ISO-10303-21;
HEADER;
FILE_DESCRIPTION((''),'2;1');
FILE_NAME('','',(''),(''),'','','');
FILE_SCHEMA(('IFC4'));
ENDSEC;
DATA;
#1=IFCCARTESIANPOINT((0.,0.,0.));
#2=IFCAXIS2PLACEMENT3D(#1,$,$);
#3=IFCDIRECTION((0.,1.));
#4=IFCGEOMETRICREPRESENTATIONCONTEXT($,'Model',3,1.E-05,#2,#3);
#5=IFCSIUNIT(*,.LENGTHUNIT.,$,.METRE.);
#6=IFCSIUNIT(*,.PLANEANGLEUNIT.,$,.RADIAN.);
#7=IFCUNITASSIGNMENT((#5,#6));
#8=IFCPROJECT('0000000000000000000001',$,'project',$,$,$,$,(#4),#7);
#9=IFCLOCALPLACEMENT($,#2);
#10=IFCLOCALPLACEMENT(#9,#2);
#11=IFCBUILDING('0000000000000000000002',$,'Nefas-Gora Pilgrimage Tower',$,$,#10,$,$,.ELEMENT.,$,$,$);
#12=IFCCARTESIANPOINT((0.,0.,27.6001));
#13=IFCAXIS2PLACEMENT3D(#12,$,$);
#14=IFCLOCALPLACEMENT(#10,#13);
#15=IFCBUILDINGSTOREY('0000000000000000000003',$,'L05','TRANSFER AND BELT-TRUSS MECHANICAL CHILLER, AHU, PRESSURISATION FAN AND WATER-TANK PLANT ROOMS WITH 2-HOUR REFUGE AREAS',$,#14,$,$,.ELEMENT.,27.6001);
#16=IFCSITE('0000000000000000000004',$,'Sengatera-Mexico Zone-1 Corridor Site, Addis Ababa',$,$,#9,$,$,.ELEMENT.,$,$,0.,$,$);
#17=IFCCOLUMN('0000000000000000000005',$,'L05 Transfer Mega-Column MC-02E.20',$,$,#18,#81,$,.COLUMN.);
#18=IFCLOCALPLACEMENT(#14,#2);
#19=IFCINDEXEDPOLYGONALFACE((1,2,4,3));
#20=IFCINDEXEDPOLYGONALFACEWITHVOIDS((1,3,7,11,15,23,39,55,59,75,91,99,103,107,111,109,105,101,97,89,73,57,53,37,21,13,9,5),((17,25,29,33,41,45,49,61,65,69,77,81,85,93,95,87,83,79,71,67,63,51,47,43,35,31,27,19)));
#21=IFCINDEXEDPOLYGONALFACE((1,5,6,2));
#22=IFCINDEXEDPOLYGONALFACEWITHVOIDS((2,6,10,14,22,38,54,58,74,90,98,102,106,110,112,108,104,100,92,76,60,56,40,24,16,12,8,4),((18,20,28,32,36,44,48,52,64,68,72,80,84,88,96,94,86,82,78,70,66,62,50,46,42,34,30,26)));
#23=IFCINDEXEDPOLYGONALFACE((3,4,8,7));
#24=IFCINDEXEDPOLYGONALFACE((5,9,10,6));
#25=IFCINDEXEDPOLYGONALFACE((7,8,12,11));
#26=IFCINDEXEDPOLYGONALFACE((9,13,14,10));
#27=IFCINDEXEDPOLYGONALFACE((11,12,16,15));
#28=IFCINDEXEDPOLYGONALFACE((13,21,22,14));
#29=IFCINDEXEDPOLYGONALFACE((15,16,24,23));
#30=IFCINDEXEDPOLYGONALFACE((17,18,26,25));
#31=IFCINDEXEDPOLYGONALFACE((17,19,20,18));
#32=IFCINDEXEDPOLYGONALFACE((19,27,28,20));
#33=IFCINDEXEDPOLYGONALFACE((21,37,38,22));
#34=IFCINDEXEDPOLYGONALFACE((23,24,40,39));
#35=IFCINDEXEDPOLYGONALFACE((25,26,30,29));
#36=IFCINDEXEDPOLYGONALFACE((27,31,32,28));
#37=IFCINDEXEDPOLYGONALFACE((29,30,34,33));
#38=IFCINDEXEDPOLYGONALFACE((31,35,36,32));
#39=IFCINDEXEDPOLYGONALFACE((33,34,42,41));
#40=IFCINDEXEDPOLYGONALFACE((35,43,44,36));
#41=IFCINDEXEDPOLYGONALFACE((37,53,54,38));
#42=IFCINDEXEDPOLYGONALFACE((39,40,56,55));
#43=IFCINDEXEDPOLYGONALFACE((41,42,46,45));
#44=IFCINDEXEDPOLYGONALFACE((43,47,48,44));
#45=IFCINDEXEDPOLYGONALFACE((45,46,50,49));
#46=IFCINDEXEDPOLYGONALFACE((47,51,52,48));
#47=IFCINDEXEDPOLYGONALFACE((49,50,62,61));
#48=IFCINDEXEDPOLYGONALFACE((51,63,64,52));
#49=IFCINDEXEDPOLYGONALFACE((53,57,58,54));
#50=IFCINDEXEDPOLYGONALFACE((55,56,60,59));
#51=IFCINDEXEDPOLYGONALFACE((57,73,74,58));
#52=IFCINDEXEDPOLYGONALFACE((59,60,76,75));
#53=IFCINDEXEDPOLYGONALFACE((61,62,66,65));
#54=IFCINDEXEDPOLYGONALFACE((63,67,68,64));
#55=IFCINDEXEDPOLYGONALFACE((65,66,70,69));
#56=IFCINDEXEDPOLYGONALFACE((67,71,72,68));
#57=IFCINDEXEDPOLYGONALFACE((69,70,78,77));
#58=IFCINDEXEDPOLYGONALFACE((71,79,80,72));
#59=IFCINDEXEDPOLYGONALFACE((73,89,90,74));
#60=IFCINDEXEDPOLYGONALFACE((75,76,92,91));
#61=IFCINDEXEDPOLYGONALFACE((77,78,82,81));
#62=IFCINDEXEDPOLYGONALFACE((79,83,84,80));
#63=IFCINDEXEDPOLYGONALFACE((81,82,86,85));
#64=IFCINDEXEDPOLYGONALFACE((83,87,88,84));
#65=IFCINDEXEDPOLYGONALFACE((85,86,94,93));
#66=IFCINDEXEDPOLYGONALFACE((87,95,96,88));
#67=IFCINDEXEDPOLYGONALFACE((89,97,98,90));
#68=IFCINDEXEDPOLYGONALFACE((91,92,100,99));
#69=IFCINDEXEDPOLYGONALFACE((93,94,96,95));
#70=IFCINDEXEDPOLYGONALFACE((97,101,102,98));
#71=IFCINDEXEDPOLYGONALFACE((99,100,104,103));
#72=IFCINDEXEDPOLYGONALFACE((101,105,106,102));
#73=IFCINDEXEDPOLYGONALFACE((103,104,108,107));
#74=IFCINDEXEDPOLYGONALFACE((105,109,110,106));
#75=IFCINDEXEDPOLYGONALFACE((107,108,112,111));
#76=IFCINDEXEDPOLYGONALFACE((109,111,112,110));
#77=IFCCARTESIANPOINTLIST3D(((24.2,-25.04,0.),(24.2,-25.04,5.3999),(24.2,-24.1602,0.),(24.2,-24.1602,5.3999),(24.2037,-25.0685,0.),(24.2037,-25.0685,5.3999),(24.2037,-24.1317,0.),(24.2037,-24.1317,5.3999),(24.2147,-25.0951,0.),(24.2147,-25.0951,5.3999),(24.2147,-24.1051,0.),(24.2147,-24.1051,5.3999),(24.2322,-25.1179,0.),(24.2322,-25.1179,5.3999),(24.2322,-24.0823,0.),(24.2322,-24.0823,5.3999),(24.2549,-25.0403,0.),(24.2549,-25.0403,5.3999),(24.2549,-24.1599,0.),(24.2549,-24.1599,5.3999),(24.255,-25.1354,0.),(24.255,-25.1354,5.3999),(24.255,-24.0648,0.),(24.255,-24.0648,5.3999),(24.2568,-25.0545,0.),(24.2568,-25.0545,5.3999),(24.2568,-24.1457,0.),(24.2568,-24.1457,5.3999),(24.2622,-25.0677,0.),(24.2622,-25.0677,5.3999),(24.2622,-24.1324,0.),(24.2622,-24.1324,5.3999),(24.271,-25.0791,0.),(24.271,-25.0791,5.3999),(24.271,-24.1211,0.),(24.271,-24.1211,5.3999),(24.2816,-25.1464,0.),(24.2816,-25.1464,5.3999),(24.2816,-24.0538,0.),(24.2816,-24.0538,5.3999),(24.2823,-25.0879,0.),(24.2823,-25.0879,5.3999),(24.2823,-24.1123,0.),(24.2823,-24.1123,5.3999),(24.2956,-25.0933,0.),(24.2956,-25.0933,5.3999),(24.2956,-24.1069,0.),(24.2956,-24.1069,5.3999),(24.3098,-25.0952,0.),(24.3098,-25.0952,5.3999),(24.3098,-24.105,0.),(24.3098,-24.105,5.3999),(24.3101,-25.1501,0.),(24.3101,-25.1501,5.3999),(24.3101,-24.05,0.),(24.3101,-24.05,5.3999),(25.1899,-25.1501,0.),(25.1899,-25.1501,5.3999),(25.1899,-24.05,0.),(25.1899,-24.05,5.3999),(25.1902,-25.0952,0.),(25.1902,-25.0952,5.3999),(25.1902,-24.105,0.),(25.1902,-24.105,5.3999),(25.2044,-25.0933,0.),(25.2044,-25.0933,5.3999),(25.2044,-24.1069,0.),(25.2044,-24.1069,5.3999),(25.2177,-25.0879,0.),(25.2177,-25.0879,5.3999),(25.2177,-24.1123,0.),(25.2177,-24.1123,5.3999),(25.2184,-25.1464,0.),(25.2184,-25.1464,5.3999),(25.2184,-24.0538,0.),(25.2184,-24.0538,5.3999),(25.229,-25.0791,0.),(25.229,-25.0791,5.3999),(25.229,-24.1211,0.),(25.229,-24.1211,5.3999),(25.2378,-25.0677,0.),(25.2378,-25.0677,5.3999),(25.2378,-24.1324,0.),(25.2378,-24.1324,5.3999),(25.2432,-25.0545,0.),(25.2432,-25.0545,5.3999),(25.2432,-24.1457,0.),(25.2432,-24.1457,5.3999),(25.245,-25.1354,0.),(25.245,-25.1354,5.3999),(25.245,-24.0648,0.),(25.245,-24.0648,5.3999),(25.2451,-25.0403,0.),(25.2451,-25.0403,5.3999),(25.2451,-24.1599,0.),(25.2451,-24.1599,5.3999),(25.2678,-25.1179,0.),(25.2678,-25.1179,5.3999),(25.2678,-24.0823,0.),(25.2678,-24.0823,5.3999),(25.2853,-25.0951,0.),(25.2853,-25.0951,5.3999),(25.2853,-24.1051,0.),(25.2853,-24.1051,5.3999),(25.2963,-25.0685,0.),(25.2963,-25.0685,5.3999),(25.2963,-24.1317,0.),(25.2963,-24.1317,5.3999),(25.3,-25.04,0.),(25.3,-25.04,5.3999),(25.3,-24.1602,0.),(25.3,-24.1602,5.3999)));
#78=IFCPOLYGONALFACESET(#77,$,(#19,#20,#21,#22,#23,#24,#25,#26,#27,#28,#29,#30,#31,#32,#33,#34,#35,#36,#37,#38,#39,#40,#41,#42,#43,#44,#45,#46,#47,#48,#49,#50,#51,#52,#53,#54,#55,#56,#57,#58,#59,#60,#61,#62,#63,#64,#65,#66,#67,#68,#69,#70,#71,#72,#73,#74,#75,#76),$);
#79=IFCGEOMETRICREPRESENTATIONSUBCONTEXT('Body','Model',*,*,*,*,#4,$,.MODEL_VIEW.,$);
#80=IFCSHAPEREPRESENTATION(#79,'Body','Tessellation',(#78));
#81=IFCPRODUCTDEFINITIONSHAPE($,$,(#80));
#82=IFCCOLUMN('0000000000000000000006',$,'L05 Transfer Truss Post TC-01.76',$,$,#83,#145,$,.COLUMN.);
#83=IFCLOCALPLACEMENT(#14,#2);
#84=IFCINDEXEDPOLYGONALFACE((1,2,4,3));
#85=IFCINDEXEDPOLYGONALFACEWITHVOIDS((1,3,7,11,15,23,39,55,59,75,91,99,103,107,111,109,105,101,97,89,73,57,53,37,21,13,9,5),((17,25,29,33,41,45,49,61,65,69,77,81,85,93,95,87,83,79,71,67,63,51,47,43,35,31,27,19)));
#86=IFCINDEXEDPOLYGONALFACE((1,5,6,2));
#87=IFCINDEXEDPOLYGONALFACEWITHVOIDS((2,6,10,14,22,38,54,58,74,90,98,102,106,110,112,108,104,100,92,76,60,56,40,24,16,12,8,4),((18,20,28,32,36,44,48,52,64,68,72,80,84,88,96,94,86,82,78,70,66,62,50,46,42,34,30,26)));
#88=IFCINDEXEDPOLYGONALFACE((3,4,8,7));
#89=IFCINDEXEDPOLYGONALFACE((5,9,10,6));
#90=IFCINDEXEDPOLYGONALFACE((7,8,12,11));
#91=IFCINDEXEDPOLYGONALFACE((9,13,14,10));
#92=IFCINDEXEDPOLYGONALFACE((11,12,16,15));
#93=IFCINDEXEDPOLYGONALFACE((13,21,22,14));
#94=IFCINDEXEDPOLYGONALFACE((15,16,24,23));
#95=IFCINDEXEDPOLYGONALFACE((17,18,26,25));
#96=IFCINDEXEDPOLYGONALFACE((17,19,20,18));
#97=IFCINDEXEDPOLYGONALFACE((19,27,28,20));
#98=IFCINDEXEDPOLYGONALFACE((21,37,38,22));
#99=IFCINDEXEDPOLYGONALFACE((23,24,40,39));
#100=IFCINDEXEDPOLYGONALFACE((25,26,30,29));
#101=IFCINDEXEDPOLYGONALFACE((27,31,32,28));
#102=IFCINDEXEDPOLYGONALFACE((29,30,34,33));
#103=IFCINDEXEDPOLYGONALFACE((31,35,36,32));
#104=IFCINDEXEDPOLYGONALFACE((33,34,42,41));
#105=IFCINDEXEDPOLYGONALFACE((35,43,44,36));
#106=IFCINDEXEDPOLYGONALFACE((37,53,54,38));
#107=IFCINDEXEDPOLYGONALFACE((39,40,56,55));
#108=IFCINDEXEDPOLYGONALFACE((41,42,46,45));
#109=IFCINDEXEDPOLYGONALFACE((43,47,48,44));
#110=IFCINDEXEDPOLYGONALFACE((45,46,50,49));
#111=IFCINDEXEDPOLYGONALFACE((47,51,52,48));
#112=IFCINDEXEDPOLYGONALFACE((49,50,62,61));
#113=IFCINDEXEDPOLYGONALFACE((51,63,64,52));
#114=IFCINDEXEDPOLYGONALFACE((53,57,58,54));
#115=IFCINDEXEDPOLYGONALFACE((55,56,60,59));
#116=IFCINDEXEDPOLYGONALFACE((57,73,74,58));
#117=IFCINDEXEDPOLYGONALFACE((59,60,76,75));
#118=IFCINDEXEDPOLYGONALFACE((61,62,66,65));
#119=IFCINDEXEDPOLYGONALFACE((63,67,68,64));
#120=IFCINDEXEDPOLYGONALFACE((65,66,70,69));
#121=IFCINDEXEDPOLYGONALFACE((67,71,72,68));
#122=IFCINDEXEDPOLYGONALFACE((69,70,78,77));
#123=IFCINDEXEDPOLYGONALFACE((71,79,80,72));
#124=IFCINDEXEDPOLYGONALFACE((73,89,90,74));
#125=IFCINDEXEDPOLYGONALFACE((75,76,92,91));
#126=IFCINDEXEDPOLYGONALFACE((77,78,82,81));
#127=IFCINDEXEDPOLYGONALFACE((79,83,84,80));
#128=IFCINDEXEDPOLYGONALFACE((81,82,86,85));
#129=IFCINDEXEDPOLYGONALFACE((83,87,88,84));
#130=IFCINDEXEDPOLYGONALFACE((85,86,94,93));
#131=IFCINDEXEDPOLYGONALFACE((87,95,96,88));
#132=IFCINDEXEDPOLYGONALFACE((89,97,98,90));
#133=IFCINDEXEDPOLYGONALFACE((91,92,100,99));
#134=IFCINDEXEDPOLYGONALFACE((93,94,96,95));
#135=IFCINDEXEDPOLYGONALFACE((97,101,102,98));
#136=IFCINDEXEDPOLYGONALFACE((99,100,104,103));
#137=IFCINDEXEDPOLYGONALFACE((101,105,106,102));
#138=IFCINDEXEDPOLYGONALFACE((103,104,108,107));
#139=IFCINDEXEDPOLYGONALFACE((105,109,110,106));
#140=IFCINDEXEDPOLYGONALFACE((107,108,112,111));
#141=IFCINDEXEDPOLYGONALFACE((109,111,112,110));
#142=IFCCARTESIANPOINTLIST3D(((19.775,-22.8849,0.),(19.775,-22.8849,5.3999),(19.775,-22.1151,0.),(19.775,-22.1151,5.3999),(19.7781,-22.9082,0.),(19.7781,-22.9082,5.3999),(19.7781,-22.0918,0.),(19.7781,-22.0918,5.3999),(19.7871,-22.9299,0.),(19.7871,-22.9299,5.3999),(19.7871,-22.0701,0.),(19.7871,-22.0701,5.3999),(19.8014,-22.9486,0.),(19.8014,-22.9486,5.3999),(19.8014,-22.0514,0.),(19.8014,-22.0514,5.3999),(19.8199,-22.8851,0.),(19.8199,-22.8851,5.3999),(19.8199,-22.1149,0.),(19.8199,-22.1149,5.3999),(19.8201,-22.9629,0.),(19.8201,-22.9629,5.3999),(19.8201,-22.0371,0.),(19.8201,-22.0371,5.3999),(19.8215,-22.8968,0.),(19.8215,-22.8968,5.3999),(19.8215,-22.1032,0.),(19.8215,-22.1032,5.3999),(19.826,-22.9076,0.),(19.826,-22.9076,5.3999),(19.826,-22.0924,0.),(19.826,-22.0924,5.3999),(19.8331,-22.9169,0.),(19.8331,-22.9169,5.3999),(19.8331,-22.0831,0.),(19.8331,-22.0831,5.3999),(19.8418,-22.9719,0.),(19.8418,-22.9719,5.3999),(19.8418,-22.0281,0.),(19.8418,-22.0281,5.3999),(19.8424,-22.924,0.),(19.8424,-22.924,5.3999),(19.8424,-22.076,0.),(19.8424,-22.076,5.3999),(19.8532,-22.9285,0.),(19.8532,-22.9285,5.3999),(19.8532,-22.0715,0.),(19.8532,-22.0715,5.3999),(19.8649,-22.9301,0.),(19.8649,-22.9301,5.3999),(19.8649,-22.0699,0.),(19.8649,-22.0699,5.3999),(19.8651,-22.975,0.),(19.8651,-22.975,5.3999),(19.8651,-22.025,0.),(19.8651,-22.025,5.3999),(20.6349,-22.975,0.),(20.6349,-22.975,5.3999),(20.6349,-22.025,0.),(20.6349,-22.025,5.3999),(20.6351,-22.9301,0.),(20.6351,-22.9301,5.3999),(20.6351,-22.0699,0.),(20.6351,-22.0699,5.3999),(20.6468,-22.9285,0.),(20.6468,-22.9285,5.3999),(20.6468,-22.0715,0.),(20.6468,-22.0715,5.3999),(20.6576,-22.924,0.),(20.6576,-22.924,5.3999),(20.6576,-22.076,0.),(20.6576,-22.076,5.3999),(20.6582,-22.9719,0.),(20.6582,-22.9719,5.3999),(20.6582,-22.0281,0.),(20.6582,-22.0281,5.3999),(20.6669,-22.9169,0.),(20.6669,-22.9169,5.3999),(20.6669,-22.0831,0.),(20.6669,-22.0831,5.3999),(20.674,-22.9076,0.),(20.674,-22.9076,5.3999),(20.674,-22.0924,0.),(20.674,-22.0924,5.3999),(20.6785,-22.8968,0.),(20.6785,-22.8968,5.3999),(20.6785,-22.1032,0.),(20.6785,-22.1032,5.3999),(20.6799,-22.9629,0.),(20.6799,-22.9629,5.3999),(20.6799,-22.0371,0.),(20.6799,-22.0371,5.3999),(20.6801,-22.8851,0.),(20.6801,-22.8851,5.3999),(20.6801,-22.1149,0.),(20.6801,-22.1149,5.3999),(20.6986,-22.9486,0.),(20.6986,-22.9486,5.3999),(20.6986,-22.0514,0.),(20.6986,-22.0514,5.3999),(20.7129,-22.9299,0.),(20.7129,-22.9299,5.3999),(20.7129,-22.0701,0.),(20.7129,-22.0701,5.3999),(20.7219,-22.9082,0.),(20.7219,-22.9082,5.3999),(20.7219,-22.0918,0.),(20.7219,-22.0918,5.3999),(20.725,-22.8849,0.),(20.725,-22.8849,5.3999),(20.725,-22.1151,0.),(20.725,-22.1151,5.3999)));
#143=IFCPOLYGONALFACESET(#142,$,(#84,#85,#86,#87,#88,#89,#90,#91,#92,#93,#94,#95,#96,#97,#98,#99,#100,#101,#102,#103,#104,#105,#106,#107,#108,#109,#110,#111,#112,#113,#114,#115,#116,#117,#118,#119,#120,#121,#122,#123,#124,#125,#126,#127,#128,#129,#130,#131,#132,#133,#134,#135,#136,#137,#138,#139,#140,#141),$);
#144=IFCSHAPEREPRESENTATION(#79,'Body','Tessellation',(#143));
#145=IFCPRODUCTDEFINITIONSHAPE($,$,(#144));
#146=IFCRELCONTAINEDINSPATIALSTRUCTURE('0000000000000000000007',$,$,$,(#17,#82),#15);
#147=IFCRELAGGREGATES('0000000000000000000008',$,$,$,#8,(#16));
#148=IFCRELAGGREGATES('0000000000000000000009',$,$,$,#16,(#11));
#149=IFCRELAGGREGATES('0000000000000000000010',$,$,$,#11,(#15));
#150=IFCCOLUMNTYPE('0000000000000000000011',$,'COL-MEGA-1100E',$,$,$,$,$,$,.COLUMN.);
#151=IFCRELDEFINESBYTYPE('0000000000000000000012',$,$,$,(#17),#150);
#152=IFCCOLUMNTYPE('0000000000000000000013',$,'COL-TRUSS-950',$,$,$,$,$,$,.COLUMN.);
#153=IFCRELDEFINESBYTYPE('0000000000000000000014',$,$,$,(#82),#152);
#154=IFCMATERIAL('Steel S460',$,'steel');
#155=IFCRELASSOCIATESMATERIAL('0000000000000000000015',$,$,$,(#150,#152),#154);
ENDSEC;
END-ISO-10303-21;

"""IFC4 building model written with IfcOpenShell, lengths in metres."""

from ifc_helpers import new_model, si_unit, direction, frame, origin, origin_2d, place, context, subcontext, project, spatial, hollow_rectangle, extrude, source, transform, mapped, material, material_profile, profile_set, type_object, element, save


model = new_model("IFC4")

# Units and contexts
model_context = context("Model", 3, precision=1e-05, world=origin(), true_north=direction((0.0, 1.0)))
body_context = subcontext(model_context, "Body", "Model", "MODEL_VIEW")
ifc_project = project(units=[si_unit("LENGTHUNIT", "METRE"), si_unit("PLANEANGLEUNIT", "RADIAN")], contexts=[model_context])

# Site, building, storey
site_placement = place(None, origin())
site = spatial("IfcSite", under=ifc_project, at=site_placement, Name="Sengatera-Mexico Zone-1 Corridor Site, Addis Ababa", CompositionType="ELEMENT", RefElevation=0.0)
building_placement = place(site_placement, origin())
building = spatial("IfcBuilding", under=site, at=building_placement, Name="Nefas-Gora Pilgrimage Tower", CompositionType="ELEMENT")
storey_placement = place(building_placement, frame((0.0, 0.0, 27.6001)))
storey = spatial("IfcBuildingStorey", under=building, at=storey_placement, Name="L05", Description="TRANSFER AND BELT-TRUSS MECHANICAL CHILLER, AHU, PRESSURISATION FAN AND WATER-TANK PLANT ROOMS WITH 2-HOUR REFUGE AREAS", CompositionType="ELEMENT", Elevation=27.6001)

# Columns
ifc_material_1 = material(Name="Steel S460", Category="steel")
ifc_material_profile_1 = material_profile(ifc_material_1, hollow_rectangle(XDim=1.1001, YDim=1.1001, WallThickness=0.0549, InnerFilletRadius=0.0549, OuterFilletRadius=0.1101, at=origin_2d()), Name="BOX 1100x1100x55")
ifc_profile_set_1 = profile_set([ifc_material_profile_1], Name="Steel S460")
column_type_1 = type_object("IfcColumnType", Name="COL-MEGA-1100E", PredefinedType="COLUMN", material=ifc_profile_set_1)
shared_shape_1 = source(origin(), body_context, "Body", "SweptSolid", [
    extrude(hollow_rectangle(XDim=1.1001, YDim=1.1001, WallThickness=0.0549, InnerFilletRadius=0.0549, OuterFilletRadius=0.1101, at=origin_2d()), origin(), (0.0, 0.0, 1.0), 5.3999),
])
column_placement = place(storey_placement, frame((24.75, -24.6001, 0.0), z_axis=(0.0, 0.0, 1.0), x_axis=(1.0, 0.0, 0.0)))
element("IfcColumn", 1, at=column_placement, inside=storey, type_object=column_type_1, Name="L05 Transfer Mega-Column MC-02E.20", PredefinedType="COLUMN", context=body_context, shape_type="MappedRepresentation", body=[
    mapped(shared_shape_1, transform((0.0, 0.0, 0.0), x_axis=(1.0, 0.0, 0.0), y_axis=(0.0, 1.0, 0.0), z_axis=(0.0, 0.0, 1.0), scale=1.0)),
])
ifc_material_profile_2 = material_profile(ifc_material_1, hollow_rectangle(XDim=0.95, YDim=0.95, WallThickness=0.0449, InnerFilletRadius=0.0449, OuterFilletRadius=0.0901, at=origin_2d()), Name="BOX 950x950x45")
ifc_profile_set_2 = profile_set([ifc_material_profile_2], Name="Steel S460")
column_type_2 = type_object("IfcColumnType", Name="COL-TRUSS-950", PredefinedType="COLUMN", material=ifc_profile_set_2)
shared_shape_2 = source(origin(), body_context, "Body", "SweptSolid", [
    extrude(hollow_rectangle(XDim=0.95, YDim=0.95, WallThickness=0.0449, InnerFilletRadius=0.0449, OuterFilletRadius=0.0901, at=origin_2d()), origin(), (0.0, 0.0, 1.0), 5.3999),
])
for number, where, z_axis, x_axis, name in (
    (2, (20.25, -22.5, 0.0), (0.0, 0.0, 1.0), (1.0, 0.0, 0.0), "L05 Transfer Truss Post TC-01.76"),
):
    element("IfcColumn", number, at=place(storey_placement, frame(where, z_axis=z_axis, x_axis=x_axis)), inside=storey, type_object=column_type_2, Name=name, PredefinedType="COLUMN", context=body_context, shape_type="MappedRepresentation", body=[
        mapped(shared_shape_2, transform((0.0, 0.0, 0.0), x_axis=(1.0, 0.0, 0.0), y_axis=(0.0, 1.0, 0.0), z_axis=(0.0, 0.0, 1.0), scale=1.0)),
    ])

save(model, "model.ifc")
